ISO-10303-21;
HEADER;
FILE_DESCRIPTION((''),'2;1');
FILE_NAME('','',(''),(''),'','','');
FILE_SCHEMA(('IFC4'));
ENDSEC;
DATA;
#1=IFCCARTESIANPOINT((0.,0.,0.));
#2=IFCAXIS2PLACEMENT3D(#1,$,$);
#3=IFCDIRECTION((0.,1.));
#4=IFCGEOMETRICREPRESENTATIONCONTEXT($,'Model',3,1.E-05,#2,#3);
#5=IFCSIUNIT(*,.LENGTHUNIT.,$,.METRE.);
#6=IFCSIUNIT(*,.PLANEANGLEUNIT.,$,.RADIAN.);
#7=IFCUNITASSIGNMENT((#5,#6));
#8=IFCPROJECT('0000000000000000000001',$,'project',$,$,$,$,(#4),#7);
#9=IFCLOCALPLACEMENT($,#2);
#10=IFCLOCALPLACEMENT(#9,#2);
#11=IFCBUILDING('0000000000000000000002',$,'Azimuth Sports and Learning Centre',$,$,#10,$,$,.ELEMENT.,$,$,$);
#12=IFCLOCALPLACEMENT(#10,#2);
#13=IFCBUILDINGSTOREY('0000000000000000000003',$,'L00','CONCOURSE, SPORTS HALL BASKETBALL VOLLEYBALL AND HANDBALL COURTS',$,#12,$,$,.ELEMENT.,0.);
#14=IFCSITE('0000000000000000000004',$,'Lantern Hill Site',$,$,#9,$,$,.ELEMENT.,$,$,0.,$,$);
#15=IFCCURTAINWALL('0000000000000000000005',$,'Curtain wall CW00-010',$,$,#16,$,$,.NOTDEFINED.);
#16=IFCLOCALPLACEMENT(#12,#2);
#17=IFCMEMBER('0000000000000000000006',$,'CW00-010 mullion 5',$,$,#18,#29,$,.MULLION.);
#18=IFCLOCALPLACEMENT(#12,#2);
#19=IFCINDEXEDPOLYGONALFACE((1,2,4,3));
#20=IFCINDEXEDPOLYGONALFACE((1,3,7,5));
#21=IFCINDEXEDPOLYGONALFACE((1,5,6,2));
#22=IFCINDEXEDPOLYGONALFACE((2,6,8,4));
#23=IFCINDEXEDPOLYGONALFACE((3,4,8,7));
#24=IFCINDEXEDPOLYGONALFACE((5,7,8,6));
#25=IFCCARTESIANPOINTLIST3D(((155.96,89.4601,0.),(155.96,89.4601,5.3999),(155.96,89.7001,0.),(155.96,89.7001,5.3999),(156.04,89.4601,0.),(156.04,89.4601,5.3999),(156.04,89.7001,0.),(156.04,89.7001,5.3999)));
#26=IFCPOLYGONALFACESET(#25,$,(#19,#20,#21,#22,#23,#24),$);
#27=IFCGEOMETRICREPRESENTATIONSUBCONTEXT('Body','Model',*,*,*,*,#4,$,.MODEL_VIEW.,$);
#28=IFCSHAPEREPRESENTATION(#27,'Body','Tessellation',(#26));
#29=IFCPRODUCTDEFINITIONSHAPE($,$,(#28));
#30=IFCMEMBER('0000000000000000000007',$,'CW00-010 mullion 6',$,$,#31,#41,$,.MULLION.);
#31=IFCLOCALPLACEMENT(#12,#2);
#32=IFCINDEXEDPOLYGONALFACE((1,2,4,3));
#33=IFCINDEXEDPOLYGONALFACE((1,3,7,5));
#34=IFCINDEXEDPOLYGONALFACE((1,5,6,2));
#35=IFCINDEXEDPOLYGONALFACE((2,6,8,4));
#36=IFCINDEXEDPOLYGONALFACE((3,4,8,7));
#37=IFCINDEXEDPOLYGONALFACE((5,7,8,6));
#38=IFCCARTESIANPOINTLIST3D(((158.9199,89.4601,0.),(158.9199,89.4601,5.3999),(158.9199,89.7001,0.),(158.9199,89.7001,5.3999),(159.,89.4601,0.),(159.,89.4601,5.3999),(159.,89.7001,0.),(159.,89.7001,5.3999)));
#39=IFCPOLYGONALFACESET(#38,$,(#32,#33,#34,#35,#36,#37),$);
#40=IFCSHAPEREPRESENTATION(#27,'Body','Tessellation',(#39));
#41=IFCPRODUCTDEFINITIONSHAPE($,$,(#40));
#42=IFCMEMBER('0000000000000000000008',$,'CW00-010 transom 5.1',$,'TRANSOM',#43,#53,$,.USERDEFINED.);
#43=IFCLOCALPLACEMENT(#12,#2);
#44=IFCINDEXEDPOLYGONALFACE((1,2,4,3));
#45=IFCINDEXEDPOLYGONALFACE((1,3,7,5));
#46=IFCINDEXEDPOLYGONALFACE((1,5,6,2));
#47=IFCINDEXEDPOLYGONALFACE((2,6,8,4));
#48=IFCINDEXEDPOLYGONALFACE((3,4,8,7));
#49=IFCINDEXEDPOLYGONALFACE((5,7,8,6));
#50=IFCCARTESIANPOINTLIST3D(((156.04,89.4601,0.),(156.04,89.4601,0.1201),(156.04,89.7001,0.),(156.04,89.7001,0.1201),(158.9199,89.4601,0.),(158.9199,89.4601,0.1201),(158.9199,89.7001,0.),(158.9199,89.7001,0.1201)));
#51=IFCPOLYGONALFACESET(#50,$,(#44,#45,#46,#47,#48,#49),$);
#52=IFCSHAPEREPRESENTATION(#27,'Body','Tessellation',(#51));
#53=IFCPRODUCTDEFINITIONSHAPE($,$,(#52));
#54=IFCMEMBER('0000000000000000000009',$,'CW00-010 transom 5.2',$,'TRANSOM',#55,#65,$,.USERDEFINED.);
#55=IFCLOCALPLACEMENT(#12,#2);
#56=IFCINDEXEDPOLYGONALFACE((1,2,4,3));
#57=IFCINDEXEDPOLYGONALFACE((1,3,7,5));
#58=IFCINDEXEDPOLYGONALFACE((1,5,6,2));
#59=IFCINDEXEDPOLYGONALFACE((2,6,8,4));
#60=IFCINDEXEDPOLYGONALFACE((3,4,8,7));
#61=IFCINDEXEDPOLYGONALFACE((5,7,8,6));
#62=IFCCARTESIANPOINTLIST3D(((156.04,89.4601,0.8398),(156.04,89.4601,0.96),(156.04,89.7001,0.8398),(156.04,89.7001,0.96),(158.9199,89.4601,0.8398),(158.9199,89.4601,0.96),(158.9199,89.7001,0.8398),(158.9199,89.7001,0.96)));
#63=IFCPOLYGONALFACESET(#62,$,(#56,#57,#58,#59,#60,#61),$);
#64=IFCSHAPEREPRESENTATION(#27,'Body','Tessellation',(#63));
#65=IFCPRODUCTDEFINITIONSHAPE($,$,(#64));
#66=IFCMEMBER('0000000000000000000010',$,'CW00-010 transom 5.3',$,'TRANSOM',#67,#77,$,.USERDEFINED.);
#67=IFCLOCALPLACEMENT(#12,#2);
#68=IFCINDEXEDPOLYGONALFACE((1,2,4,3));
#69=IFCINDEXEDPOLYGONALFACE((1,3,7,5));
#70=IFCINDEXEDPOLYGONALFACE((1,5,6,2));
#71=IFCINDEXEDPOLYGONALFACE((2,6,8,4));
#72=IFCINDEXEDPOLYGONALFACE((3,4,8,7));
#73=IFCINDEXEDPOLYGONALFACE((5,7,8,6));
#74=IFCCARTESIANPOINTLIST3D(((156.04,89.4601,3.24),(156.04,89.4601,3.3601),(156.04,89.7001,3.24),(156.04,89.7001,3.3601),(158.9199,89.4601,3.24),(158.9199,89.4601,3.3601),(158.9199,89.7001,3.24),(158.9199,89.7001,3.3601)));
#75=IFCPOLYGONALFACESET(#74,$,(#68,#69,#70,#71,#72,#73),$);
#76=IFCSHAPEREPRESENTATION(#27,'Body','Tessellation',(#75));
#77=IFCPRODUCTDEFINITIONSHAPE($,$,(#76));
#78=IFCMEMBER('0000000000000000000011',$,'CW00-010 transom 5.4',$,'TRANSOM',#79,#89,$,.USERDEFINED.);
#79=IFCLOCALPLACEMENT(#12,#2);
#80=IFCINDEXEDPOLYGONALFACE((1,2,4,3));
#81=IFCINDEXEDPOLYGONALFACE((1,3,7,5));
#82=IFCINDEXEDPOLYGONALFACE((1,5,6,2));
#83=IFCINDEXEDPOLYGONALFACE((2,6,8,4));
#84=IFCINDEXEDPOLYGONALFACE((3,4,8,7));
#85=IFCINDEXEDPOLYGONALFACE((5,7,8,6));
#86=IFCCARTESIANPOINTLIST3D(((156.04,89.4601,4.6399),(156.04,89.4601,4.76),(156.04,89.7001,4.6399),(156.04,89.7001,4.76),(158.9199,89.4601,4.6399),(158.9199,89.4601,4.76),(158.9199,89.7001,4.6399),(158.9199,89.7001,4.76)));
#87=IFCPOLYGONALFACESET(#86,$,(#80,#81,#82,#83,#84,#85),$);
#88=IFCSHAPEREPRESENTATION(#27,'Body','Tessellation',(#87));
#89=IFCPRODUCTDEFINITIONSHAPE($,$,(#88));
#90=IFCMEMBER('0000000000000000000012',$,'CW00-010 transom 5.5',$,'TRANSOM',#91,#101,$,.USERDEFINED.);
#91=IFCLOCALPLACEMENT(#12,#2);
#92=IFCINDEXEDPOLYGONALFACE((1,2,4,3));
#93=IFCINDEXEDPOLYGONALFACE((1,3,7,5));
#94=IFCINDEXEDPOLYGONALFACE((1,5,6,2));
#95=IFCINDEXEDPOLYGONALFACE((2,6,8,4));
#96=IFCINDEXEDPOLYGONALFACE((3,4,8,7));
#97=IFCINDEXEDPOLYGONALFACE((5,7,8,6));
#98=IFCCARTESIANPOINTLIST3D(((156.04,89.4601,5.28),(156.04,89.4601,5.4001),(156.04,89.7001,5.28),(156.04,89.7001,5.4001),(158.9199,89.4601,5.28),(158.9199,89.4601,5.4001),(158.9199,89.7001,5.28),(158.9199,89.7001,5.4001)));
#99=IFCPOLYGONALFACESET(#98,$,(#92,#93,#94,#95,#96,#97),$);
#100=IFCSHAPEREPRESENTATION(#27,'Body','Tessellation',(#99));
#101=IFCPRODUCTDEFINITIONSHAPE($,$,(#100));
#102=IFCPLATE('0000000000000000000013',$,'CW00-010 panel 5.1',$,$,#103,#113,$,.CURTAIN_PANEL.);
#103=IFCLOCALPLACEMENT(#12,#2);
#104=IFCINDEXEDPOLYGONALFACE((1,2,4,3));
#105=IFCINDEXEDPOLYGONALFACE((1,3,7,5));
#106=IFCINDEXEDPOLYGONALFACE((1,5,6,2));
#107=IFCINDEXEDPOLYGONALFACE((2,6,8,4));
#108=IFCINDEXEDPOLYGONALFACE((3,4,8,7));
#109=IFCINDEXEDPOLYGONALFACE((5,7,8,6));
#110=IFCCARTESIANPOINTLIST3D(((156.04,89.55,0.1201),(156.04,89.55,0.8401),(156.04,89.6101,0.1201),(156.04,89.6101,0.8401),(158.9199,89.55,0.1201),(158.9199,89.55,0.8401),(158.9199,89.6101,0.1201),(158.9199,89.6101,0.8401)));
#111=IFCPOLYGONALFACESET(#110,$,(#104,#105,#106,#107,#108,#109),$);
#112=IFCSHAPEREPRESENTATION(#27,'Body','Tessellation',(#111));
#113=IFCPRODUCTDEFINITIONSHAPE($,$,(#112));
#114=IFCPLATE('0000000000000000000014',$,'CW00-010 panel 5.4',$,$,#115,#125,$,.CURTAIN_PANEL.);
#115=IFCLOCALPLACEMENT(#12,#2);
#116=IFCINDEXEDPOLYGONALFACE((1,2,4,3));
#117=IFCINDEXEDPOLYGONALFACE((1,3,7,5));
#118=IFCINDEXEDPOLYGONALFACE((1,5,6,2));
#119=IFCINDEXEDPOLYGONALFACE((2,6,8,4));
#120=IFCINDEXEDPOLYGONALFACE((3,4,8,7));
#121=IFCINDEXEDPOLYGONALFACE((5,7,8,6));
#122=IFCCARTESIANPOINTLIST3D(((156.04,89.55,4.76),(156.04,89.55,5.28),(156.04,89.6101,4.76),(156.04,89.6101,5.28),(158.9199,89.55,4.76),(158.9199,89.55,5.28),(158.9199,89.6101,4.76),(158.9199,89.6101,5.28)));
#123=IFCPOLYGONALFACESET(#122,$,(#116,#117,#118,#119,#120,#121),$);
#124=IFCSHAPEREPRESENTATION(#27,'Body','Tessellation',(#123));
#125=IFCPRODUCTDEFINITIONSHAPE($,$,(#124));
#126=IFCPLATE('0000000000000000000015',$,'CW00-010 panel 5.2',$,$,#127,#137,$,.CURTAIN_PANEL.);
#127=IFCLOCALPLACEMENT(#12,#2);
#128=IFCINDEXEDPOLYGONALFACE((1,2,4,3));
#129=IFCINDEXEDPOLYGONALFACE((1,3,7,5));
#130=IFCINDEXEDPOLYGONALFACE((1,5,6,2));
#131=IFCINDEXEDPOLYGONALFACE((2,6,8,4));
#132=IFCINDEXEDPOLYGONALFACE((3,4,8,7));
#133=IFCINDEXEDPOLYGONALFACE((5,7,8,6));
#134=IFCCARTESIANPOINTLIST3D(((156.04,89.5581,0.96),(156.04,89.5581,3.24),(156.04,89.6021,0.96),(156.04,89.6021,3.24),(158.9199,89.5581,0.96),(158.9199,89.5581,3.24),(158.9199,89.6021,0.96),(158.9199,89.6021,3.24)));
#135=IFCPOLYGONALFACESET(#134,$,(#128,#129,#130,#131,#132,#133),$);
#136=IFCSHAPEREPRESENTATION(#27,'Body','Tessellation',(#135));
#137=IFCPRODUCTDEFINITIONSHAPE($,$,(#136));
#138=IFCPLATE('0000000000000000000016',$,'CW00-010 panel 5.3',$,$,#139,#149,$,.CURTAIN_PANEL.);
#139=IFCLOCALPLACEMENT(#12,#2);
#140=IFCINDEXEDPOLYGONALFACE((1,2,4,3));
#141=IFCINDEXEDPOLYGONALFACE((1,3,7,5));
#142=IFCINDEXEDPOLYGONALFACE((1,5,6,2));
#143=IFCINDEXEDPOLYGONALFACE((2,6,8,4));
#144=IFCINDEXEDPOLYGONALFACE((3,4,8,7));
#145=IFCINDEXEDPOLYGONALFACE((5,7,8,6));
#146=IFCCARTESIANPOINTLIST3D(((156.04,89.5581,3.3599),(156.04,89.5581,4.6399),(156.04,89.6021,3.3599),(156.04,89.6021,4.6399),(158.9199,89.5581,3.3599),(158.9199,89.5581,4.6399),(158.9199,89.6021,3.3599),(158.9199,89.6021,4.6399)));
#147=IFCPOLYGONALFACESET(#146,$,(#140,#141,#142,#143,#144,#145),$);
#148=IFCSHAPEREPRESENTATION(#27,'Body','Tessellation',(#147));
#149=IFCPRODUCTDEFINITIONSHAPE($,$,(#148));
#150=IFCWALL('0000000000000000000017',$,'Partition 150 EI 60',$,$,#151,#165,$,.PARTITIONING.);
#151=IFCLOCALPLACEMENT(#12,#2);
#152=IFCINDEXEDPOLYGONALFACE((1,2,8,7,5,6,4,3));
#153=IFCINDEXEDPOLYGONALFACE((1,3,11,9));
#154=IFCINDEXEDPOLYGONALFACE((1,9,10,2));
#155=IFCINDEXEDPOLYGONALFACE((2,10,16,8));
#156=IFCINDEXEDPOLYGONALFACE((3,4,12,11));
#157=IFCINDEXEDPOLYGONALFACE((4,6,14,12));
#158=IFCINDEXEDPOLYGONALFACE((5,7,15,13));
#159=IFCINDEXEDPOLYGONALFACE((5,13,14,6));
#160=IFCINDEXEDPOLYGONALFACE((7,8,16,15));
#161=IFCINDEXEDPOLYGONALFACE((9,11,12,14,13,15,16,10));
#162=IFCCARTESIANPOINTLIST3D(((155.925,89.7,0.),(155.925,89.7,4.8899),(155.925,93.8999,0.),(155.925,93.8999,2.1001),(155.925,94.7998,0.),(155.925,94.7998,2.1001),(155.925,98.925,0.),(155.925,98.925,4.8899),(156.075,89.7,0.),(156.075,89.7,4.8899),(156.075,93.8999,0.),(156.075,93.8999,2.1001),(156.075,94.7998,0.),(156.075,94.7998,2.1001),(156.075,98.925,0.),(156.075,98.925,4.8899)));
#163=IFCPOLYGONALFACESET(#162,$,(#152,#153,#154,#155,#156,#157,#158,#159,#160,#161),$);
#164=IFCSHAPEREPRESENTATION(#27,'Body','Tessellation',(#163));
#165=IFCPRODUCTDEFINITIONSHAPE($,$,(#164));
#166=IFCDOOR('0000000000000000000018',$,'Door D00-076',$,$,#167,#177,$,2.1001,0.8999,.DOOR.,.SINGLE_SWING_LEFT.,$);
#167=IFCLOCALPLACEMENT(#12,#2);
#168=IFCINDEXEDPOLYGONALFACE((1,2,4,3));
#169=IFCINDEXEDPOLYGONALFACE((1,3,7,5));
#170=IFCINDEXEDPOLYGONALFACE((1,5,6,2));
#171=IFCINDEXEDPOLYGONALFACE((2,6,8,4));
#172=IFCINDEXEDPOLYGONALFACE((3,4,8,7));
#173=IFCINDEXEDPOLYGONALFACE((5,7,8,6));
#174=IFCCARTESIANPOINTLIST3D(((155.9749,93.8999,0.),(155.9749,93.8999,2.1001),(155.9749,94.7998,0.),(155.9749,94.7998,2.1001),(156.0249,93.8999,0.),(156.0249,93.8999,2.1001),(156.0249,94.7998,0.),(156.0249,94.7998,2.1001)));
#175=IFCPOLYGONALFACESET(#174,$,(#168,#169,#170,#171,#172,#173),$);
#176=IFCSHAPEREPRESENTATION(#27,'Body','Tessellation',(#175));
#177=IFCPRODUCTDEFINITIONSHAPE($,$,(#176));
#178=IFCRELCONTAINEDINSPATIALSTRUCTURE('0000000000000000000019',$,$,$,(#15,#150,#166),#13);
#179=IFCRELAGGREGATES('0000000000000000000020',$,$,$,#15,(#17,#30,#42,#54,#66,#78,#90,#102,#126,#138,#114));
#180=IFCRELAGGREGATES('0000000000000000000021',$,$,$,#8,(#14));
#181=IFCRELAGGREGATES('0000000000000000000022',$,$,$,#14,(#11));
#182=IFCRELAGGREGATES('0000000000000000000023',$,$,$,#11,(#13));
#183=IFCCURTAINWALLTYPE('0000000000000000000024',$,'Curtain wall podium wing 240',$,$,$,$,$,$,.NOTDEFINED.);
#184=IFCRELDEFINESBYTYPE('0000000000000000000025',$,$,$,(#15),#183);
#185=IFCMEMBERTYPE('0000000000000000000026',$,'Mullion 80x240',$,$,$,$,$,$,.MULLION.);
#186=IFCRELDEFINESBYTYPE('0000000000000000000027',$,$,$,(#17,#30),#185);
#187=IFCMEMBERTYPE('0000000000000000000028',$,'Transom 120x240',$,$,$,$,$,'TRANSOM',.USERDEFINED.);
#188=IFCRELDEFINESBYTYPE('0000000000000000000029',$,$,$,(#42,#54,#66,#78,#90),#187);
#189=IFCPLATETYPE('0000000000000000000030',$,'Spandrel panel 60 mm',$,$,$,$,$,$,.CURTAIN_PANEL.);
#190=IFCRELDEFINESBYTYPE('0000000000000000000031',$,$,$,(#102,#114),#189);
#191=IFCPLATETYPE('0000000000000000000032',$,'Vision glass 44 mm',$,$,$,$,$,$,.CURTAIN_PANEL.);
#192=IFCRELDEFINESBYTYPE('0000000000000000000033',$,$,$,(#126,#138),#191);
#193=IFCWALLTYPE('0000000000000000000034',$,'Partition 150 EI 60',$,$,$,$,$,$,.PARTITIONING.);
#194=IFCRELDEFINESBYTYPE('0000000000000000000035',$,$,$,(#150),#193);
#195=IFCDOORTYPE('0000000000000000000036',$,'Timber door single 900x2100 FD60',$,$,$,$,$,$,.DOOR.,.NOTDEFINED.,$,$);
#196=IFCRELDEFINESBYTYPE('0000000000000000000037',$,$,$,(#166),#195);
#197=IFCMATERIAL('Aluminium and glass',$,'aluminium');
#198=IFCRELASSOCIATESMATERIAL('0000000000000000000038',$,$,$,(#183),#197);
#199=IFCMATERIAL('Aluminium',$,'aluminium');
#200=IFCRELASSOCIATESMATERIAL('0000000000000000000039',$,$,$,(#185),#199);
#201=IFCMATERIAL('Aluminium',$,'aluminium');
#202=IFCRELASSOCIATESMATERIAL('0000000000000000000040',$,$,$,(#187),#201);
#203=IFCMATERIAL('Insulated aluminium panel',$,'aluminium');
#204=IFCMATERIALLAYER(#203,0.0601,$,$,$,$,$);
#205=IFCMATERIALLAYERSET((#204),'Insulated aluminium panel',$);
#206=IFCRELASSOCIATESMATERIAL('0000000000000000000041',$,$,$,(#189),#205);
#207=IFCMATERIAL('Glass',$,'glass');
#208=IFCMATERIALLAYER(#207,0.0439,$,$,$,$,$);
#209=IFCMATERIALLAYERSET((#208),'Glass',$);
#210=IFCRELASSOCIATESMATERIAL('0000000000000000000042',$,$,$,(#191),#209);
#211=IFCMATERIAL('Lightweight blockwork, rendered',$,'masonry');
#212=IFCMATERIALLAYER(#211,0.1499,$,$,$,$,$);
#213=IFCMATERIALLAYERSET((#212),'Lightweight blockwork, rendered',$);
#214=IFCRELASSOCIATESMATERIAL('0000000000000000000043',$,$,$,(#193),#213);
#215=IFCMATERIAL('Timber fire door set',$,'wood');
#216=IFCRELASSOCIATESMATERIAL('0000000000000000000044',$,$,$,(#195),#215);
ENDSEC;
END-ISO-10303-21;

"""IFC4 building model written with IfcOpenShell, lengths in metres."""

from ifc_helpers import new_model, si_unit, direction, frame, frame_2d, origin, origin_2d, place, context, subcontext, project, spatial, rectangle, extrude, material, layer, layer_set, material_profile, profile_set, type_object, element, fill, aggregate, save


model = new_model("IFC4")

# Units and contexts
model_context = context("Model", 3, precision=1e-05, world=origin(), true_north=direction((0.0, 1.0)))
body_context = subcontext(model_context, "Body", "Model", "MODEL_VIEW")
ifc_project = project(units=[si_unit("LENGTHUNIT", "METRE"), si_unit("PLANEANGLEUNIT", "RADIAN")], contexts=[model_context])

# Site, building, storey
site_placement = place(None, origin())
site = spatial("IfcSite", under=ifc_project, at=site_placement, Name="Lantern Hill Site", CompositionType="ELEMENT", RefElevation=0.0)
building_placement = place(site_placement, origin())
building = spatial("IfcBuilding", under=site, at=building_placement, Name="Azimuth Sports and Learning Centre", CompositionType="ELEMENT")
storey_placement = place(building_placement, origin())
storey = spatial("IfcBuildingStorey", under=building, at=storey_placement, Name="L00", Description="CONCOURSE, SPORTS HALL BASKETBALL VOLLEYBALL AND HANDBALL COURTS", CompositionType="ELEMENT", Elevation=0.0)

# Curtain wall, members, plates
ifc_material_1 = material(Name="Aluminium and glass", Category="aluminium")
curtain_wall_type = type_object("IfcCurtainWallType", Name="Curtain wall podium wing 240", PredefinedType="NOTDEFINED", material=ifc_material_1)
curtain_wall_placement = place(storey_placement, origin())
curtain_wall = element("IfcCurtainWall", 1, at=curtain_wall_placement, inside=storey, type_object=curtain_wall_type, Name="Curtain wall CW00-010", PredefinedType="NOTDEFINED")
ifc_material_2 = material(Name="Aluminium", Category="aluminium")
ifc_material_profile_1 = material_profile(ifc_material_2, rectangle(XDim=0.24, YDim=0.0801, at=origin_2d()), Name="Mullion 80x240")
ifc_profile_set_1 = profile_set([ifc_material_profile_1], Name="Aluminium")
member_type_1 = type_object("IfcMemberType", Name="Mullion 80x240", PredefinedType="MULLION", material=ifc_profile_set_1)
member_1_placement = place(storey_placement, frame((156.0, 89.5801, 0.0), z_axis=(0.0, 0.0, 1.0), x_axis=(0.0, 1.0, 0.0)))
member_1 = element("IfcMember", 2, at=member_1_placement, type_object=member_type_1, Name="CW00-010 mullion 5", PredefinedType="MULLION", context=body_context, shape_type="SweptSolid", body=[
    extrude(rectangle(XDim=0.24, YDim=0.0801, at=origin_2d()), origin(), (0.0, 0.0, 1.0), 5.3999),
])
member_2_placement = place(storey_placement, frame((158.96, 89.5801, 0.0), z_axis=(0.0, 0.0, 1.0), x_axis=(0.0, 1.0, 0.0)))
member_2 = element("IfcMember", 3, at=member_2_placement, type_object=member_type_1, Name="CW00-010 mullion 6", PredefinedType="MULLION", context=body_context, shape_type="SweptSolid", body=[
    extrude(rectangle(XDim=0.24, YDim=0.0801, at=origin_2d()), origin(), (0.0, 0.0, 1.0), 5.3999),
])
ifc_material_3 = material(Name="Aluminium", Category="aluminium")
ifc_material_profile_2 = material_profile(ifc_material_3, rectangle(XDim=0.24, YDim=0.1201, at=origin_2d()), Name="Transom 120x240")
ifc_profile_set_2 = profile_set([ifc_material_profile_2], Name="Aluminium")
member_type_2 = type_object("IfcMemberType", Name="Transom 120x240", ElementType="TRANSOM", PredefinedType="USERDEFINED", material=ifc_profile_set_2)
member_3_placement = place(storey_placement, frame((156.04, 89.5801, 0.0601), z_axis=(1.0, 0.0, 0.0), x_axis=(0.0, 1.0, 0.0)))
member_3 = element("IfcMember", 4, at=member_3_placement, type_object=member_type_2, Name="CW00-010 transom 5.1", ObjectType="TRANSOM", PredefinedType="USERDEFINED", context=body_context, shape_type="SweptSolid", body=[
    extrude(rectangle(XDim=0.24, YDim=0.1201, at=origin_2d()), origin(), (0.0, 0.0, 1.0), 2.8799),
])
member_4_placement = place(storey_placement, frame((156.04, 89.5801, 0.8999), z_axis=(1.0, 0.0, 0.0), x_axis=(0.0, 1.0, 0.0)))
member_4 = element("IfcMember", 5, at=member_4_placement, type_object=member_type_2, Name="CW00-010 transom 5.2", ObjectType="TRANSOM", PredefinedType="USERDEFINED", context=body_context, shape_type="SweptSolid", body=[
    extrude(rectangle(XDim=0.24, YDim=0.1201, at=origin_2d()), origin(), (0.0, 0.0, 1.0), 2.8799),
])
member_5_placement = place(storey_placement, frame((156.04, 89.5801, 3.3), z_axis=(1.0, 0.0, 0.0), x_axis=(0.0, 1.0, 0.0)))
member_5 = element("IfcMember", 6, at=member_5_placement, type_object=member_type_2, Name="CW00-010 transom 5.3", ObjectType="TRANSOM", PredefinedType="USERDEFINED", context=body_context, shape_type="SweptSolid", body=[
    extrude(rectangle(XDim=0.24, YDim=0.1201, at=origin_2d()), origin(), (0.0, 0.0, 1.0), 2.8799),
])
member_6_placement = place(storey_placement, frame((156.04, 89.5801, 4.7), z_axis=(1.0, 0.0, 0.0), x_axis=(0.0, 1.0, 0.0)))
member_6 = element("IfcMember", 7, at=member_6_placement, type_object=member_type_2, Name="CW00-010 transom 5.4", ObjectType="TRANSOM", PredefinedType="USERDEFINED", context=body_context, shape_type="SweptSolid", body=[
    extrude(rectangle(XDim=0.24, YDim=0.1201, at=origin_2d()), origin(), (0.0, 0.0, 1.0), 2.8799),
])
member_7_placement = place(storey_placement, frame((156.04, 89.5801, 5.3401), z_axis=(1.0, 0.0, 0.0), x_axis=(0.0, 1.0, 0.0)))
member_7 = element("IfcMember", 8, at=member_7_placement, type_object=member_type_2, Name="CW00-010 transom 5.5", ObjectType="TRANSOM", PredefinedType="USERDEFINED", context=body_context, shape_type="SweptSolid", body=[
    extrude(rectangle(XDim=0.24, YDim=0.1201, at=origin_2d()), origin(), (0.0, 0.0, 1.0), 2.8799),
])
ifc_material_4 = material(Name="Insulated aluminium panel", Category="aluminium")
ifc_layer_1 = layer(ifc_material_4, 0.0601)
ifc_layer_set_1 = layer_set([ifc_layer_1], Name="Insulated aluminium panel")
plate_type_1 = type_object("IfcPlateType", Name="Spandrel panel 60 mm", PredefinedType="CURTAIN_PANEL", material=ifc_layer_set_1)
plate_1_placement = place(storey_placement, frame((157.48, 89.5801, 0.1201), z_axis=(0.0, 0.0, 1.0), x_axis=(1.0, 0.0, 0.0)))
plate_1 = element("IfcPlate", 9, at=plate_1_placement, type_object=plate_type_1, Name="CW00-010 panel 5.1", PredefinedType="CURTAIN_PANEL", context=body_context, shape_type="SweptSolid", body=[
    extrude(rectangle(XDim=2.8799, YDim=0.0601, at=origin_2d()), origin(), (0.0, 0.0, 1.0), 0.72),
])
plate_2_placement = place(storey_placement, frame((157.48, 89.5801, 4.76), z_axis=(0.0, 0.0, 1.0), x_axis=(1.0, 0.0, 0.0)))
plate_2 = element("IfcPlate", 10, at=plate_2_placement, type_object=plate_type_1, Name="CW00-010 panel 5.4", PredefinedType="CURTAIN_PANEL", context=body_context, shape_type="SweptSolid", body=[
    extrude(rectangle(XDim=2.8799, YDim=0.0601, at=origin_2d()), origin(), (0.0, 0.0, 1.0), 0.52),
])
ifc_material_5 = material(Name="Glass", Category="glass")
ifc_layer_2 = layer(ifc_material_5, 0.0439)
ifc_layer_set_2 = layer_set([ifc_layer_2], Name="Glass")
plate_type_2 = type_object("IfcPlateType", Name="Vision glass 44 mm", PredefinedType="CURTAIN_PANEL", material=ifc_layer_set_2)
plate_3_placement = place(storey_placement, frame((157.48, 89.5801, 0.96), z_axis=(0.0, 0.0, 1.0), x_axis=(1.0, 0.0, 0.0)))
plate_3 = element("IfcPlate", 11, at=plate_3_placement, type_object=plate_type_2, Name="CW00-010 panel 5.2", PredefinedType="CURTAIN_PANEL", context=body_context, shape_type="SweptSolid", body=[
    extrude(rectangle(XDim=2.8799, YDim=0.0439, at=origin_2d()), origin(), (0.0, 0.0, 1.0), 2.28),
])
plate_4_placement = place(storey_placement, frame((157.48, 89.5801, 3.3599), z_axis=(0.0, 0.0, 1.0), x_axis=(1.0, 0.0, 0.0)))
plate_4 = element("IfcPlate", 12, at=plate_4_placement, type_object=plate_type_2, Name="CW00-010 panel 5.3", PredefinedType="CURTAIN_PANEL", context=body_context, shape_type="SweptSolid", body=[
    extrude(rectangle(XDim=2.8799, YDim=0.0439, at=origin_2d()), origin(), (0.0, 0.0, 1.0), 1.28),
])
aggregate(curtain_wall, [member_1, member_2, member_3, member_4, member_5, member_6, member_7, plate_1, plate_3, plate_4, plate_2])

# Wall, opening, door
ifc_material_6 = material(Name="Lightweight blockwork, rendered", Category="masonry")
ifc_layer_3 = layer(ifc_material_6, 0.1499)
ifc_layer_set_3 = layer_set([ifc_layer_3], Name="Lightweight blockwork, rendered")
wall_type_1 = type_object("IfcWallType", Name="Partition 150 EI 60", PredefinedType="PARTITIONING", material=ifc_layer_set_3)
wall_1_placement = place(storey_placement, frame((156.0, 89.7, 0.0), z_axis=(0.0, 0.0, 1.0), x_axis=(0.0, 1.0, 0.0)))
wall_1 = element("IfcWall", 13, at=wall_1_placement, inside=storey, type_object=wall_type_1, Name="Partition 150 EI 60", PredefinedType="PARTITIONING", context=body_context, shape_type="SweptSolid", body=[
    extrude(rectangle(XDim=9.2251, YDim=0.1499, at=frame_2d((4.6125, 0.0))), origin(), (0.0, 0.0, 1.0), 4.8899),
])
opening_1_placement = place(wall_1_placement, frame((4.2, 0.0, 0.0)))
opening_1 = element("IfcOpeningElement", 14, at=opening_1_placement, cuts=wall_1, PredefinedType="OPENING", context=body_context, shape_type="SweptSolid", body=[
    extrude(rectangle(XDim=0.8999, YDim=2.1001, at=frame_2d((0.45, 1.05))), frame((0.0, 0.0859, 0.0), z_axis=(0.0, -1.0, 0.0), x_axis=(1.0, 0.0, 0.0)), (0.0, 0.0, 1.0), 0.1719),
])
ifc_material_7 = material(Name="Timber fire door set", Category="wood")
door_type_1 = type_object("IfcDoorType", Name="Timber door single 900x2100 FD60", OperationType="NOTDEFINED", PredefinedType="DOOR", material=ifc_material_7)
door_1_placement = place(opening_1_placement, frame((0.8999, 0.0, 0.0), z_axis=(0.0, 0.0, 1.0), x_axis=(-1.0, 0.0, 0.0)))
door_1 = element("IfcDoor", 15, at=door_1_placement, inside=storey, type_object=door_type_1, Name="Door D00-076", OperationType="SINGLE_SWING_LEFT", OverallHeight=2.1001, OverallWidth=0.8999, PredefinedType="DOOR", context=body_context, shape_type="SweptSolid", body=[
    extrude(rectangle(XDim=0.8999, YDim=2.1001, at=frame_2d((0.45, 1.05))), frame((0.0, 0.0249, 0.0), z_axis=(0.0, -1.0, 0.0), x_axis=(1.0, 0.0, 0.0)), (0.0, 0.0, 1.0), 0.05),
])
fill(opening_1, door_1)

save(model, "model.ifc")
